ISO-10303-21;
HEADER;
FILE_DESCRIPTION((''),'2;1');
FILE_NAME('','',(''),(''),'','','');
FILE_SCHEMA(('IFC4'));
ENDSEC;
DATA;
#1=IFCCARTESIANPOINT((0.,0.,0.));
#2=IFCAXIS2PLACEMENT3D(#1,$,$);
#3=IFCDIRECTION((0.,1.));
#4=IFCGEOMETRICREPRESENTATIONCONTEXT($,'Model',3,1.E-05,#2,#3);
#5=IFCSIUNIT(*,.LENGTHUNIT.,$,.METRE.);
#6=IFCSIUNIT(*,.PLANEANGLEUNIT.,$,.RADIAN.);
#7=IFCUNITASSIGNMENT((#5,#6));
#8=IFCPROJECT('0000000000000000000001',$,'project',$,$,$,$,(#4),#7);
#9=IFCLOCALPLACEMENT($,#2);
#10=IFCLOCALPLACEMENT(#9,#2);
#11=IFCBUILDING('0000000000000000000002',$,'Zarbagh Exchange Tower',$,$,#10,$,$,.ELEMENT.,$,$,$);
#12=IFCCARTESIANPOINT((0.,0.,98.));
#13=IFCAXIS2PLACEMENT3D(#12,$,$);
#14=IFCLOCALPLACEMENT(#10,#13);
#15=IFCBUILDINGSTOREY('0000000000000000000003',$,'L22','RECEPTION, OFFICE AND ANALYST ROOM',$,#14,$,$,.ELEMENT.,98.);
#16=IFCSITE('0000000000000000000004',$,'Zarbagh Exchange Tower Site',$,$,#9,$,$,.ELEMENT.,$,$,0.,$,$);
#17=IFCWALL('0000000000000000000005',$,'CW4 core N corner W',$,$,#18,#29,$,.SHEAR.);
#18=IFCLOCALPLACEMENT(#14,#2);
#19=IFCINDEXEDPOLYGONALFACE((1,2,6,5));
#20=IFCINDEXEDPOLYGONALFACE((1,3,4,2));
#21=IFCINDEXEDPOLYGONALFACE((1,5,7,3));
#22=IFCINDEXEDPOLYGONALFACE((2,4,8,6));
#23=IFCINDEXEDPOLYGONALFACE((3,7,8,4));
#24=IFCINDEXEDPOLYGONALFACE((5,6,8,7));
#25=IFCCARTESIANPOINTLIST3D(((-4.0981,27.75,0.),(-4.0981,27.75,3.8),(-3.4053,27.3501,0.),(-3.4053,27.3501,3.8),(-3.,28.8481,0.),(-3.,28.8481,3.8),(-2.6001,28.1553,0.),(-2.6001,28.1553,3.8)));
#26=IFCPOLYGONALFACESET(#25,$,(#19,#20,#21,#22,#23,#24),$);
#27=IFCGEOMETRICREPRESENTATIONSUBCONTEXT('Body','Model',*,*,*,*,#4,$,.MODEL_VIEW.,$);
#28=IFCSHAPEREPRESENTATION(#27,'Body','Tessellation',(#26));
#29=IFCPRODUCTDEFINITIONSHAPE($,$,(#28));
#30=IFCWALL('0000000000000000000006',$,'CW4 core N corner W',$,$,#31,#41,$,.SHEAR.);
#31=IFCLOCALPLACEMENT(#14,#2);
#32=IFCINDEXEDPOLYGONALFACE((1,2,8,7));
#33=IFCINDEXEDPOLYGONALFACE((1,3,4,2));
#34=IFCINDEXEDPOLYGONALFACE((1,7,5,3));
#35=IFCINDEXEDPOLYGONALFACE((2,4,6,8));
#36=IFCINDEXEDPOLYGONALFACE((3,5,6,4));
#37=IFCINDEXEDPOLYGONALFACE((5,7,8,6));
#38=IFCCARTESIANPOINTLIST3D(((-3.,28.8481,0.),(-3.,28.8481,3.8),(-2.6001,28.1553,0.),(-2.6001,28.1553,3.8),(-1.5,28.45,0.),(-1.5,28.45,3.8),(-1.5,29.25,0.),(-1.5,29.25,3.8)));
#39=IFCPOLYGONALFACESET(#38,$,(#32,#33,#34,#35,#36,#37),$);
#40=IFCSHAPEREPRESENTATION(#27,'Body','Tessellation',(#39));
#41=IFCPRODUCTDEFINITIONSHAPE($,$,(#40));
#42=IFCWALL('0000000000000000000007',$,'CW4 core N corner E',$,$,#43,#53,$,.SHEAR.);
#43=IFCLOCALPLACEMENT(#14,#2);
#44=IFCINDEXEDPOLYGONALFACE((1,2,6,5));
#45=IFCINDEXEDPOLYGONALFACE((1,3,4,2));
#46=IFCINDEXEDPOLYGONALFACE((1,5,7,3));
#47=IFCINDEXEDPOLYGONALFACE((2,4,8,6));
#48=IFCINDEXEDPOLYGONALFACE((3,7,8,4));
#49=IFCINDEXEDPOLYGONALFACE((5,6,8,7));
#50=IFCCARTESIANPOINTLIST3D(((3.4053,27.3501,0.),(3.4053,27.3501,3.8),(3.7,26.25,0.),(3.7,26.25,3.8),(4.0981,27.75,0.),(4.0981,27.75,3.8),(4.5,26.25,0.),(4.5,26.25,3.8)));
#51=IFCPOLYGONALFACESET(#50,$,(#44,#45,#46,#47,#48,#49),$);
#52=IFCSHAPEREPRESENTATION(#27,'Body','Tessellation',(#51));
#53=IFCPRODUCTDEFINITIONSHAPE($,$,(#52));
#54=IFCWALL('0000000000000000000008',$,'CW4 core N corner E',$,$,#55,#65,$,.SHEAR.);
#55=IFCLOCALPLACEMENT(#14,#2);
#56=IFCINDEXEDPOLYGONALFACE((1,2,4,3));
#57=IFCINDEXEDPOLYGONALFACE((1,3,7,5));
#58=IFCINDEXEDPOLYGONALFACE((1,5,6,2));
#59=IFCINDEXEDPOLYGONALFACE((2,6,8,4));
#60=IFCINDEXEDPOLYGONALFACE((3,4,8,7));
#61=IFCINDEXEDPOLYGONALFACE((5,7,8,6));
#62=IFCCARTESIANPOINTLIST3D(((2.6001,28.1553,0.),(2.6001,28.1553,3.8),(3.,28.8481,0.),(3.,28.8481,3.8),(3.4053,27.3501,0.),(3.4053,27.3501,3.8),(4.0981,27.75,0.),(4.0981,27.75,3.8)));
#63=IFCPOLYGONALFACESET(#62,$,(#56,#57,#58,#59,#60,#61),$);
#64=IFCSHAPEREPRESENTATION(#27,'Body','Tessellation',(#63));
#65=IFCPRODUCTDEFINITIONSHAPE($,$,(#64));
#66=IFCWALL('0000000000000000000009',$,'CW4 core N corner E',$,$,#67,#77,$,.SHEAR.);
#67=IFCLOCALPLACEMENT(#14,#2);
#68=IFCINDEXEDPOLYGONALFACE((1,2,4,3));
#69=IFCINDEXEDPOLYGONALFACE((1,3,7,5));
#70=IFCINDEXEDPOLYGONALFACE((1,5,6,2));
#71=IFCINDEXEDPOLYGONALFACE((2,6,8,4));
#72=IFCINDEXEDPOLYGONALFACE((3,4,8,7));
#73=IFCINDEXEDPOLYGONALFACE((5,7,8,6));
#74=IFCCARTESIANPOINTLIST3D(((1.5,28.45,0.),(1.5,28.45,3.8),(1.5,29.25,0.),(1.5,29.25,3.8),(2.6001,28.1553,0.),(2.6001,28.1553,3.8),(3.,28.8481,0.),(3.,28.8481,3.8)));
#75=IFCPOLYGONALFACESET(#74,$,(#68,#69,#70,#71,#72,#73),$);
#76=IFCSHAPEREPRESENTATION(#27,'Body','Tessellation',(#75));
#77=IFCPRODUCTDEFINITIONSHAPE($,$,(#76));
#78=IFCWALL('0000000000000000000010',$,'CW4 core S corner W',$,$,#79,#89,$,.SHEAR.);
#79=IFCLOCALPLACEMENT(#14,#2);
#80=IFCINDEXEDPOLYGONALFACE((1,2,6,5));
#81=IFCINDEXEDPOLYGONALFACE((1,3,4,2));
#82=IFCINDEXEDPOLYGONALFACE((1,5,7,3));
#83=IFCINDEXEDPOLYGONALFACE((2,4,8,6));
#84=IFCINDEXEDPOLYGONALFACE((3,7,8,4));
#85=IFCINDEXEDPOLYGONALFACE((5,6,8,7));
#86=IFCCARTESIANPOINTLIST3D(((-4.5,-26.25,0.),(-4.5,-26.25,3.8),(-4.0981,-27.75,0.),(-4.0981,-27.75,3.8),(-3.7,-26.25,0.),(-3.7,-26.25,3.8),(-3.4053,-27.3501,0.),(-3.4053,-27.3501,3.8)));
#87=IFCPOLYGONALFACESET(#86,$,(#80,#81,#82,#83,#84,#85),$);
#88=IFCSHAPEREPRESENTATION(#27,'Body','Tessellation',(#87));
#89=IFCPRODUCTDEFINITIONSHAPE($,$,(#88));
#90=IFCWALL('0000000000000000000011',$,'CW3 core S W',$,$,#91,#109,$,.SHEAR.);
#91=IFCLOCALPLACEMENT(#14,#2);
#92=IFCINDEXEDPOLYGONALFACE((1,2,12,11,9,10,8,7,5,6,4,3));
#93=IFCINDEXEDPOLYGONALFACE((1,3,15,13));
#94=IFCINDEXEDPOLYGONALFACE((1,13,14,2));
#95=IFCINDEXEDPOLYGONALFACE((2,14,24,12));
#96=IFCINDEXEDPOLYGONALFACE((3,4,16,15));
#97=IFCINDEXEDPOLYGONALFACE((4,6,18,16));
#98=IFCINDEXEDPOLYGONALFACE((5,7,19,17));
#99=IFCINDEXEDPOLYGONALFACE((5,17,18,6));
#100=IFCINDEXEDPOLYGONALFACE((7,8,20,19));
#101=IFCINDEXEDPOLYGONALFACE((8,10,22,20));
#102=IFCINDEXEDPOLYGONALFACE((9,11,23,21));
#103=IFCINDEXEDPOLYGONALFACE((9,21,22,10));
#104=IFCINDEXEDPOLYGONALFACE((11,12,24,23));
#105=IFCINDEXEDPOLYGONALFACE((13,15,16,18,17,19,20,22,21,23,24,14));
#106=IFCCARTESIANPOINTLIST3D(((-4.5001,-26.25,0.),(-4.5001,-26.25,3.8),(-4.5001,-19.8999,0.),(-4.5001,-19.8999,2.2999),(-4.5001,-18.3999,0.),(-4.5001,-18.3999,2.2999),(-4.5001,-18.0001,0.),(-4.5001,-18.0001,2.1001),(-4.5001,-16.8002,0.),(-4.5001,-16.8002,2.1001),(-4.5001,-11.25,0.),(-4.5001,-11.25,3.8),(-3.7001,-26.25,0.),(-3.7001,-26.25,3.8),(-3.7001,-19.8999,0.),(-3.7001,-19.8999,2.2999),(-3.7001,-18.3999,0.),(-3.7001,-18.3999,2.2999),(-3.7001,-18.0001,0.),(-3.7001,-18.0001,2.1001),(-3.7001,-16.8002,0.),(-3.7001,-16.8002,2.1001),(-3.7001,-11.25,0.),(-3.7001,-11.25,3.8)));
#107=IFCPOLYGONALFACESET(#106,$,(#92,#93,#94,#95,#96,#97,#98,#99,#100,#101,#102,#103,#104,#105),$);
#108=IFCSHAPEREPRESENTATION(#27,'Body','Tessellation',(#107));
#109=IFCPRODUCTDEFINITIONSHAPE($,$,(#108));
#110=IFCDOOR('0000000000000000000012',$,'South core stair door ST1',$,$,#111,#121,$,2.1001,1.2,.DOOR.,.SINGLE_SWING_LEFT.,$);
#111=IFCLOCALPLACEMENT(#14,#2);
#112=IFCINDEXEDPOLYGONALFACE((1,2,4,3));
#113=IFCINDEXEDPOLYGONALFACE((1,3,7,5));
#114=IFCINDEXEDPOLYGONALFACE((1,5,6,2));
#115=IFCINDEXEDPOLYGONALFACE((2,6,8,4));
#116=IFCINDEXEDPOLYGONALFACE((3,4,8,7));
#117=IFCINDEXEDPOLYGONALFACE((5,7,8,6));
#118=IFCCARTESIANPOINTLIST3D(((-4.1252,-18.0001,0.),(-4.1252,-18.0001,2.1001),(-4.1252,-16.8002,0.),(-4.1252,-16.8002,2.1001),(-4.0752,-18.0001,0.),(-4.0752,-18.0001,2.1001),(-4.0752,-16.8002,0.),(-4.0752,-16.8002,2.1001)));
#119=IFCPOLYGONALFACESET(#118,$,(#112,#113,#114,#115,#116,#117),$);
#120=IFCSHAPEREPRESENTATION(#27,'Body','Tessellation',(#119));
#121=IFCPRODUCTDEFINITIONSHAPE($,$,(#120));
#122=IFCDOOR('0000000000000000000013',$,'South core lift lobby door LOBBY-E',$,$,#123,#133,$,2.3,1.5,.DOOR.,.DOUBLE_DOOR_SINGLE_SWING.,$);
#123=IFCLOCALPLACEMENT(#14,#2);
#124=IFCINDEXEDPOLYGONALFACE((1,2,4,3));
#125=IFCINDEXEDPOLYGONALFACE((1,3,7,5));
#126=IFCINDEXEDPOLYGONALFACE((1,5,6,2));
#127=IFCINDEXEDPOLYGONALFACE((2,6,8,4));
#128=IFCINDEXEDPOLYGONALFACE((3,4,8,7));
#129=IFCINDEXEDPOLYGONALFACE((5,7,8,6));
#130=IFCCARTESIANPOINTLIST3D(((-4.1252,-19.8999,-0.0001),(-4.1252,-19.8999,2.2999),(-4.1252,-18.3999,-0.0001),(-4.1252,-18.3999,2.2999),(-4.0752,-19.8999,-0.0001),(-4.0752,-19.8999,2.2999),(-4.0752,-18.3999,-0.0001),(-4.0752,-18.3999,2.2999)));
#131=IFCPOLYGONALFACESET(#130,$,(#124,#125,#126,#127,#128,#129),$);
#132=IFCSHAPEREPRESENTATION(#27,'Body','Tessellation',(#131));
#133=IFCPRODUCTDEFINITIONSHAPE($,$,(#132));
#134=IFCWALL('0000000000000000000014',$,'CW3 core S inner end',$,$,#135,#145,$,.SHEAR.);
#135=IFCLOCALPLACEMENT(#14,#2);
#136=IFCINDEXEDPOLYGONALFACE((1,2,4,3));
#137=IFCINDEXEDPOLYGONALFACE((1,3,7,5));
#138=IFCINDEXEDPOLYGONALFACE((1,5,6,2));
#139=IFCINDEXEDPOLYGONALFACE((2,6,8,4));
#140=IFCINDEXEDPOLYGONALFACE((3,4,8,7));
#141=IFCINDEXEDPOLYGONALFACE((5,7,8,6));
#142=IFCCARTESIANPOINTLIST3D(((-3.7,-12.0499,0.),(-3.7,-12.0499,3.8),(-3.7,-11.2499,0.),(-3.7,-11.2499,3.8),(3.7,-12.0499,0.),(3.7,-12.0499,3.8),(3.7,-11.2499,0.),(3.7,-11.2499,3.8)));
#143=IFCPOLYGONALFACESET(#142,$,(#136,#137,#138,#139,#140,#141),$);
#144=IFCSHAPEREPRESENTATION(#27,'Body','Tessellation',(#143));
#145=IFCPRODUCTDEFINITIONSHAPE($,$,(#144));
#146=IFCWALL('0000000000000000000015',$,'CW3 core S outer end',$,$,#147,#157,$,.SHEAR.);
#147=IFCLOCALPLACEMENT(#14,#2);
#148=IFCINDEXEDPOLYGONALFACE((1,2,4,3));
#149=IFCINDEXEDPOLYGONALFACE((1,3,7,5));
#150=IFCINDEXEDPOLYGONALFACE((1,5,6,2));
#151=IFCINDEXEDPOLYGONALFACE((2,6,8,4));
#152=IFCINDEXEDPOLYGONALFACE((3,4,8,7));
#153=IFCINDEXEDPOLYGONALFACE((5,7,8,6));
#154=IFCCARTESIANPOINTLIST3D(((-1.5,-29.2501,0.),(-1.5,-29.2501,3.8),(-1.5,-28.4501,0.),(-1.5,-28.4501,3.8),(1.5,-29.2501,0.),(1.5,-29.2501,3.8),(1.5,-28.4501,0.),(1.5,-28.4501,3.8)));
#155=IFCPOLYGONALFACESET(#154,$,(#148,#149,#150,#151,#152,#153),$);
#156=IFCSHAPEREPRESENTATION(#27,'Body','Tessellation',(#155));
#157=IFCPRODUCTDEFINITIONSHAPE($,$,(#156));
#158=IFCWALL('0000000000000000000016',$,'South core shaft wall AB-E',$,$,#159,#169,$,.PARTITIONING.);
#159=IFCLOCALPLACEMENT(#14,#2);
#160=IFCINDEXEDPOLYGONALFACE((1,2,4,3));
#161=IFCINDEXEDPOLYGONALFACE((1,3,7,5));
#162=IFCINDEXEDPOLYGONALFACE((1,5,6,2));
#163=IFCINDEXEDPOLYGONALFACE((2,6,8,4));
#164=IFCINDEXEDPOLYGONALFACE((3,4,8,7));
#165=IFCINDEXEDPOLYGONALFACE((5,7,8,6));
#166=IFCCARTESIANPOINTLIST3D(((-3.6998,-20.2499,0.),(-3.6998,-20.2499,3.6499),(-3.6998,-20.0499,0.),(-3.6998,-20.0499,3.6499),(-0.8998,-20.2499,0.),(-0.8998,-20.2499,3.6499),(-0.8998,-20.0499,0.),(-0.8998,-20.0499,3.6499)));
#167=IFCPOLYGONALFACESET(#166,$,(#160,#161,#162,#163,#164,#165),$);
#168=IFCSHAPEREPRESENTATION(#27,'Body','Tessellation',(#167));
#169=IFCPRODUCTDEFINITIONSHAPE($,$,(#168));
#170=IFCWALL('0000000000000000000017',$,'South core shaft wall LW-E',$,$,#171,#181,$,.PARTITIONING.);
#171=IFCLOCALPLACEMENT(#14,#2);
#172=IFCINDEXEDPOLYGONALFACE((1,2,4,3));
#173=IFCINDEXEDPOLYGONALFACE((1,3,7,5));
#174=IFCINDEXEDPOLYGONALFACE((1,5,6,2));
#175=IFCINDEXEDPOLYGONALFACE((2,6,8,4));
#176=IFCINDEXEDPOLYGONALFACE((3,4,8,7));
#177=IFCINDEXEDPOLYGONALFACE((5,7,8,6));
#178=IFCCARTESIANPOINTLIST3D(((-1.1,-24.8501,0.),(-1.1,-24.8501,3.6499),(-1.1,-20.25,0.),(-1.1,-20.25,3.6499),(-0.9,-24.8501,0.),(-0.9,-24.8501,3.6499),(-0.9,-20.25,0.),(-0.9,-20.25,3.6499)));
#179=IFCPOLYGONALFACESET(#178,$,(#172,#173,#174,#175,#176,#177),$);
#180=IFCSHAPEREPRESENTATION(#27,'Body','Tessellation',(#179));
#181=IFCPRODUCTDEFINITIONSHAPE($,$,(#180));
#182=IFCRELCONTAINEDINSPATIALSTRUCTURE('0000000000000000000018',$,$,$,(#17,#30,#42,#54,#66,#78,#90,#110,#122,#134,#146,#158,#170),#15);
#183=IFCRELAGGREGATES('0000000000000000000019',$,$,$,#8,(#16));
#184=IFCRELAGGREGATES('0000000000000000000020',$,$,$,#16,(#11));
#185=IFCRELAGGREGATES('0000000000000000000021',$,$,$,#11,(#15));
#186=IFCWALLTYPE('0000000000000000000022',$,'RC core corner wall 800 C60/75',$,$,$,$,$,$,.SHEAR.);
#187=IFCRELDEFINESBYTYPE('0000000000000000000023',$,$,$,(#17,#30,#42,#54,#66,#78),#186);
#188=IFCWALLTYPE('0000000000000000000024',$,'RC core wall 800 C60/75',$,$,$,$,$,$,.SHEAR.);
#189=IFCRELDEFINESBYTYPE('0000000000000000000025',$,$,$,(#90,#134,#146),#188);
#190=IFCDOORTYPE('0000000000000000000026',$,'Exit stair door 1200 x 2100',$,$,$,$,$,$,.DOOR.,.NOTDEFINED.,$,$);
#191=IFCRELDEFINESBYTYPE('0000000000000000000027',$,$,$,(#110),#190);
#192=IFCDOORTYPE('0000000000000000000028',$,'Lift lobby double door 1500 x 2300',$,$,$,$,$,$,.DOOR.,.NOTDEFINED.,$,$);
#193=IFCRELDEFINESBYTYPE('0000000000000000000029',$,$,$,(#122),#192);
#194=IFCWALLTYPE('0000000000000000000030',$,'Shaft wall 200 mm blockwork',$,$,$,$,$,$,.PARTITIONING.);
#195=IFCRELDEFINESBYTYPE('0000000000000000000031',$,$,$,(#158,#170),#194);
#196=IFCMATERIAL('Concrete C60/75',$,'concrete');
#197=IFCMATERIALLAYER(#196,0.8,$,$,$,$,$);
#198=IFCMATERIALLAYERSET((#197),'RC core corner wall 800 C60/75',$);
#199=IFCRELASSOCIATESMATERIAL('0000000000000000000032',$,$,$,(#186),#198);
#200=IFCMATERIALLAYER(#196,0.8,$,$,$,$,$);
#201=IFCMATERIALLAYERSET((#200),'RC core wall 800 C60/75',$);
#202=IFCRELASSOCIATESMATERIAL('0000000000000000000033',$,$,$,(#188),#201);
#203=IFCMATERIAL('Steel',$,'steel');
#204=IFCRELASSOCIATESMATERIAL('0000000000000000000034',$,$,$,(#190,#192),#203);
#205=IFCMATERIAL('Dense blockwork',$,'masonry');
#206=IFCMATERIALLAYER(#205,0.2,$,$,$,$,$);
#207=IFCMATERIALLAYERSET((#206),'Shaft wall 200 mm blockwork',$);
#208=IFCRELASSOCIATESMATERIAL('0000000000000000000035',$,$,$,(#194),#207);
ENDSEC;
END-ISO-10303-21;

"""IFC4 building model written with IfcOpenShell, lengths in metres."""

from ifc_helpers import new_model, si_unit, direction, frame, frame_2d, origin, place, context, subcontext, project, spatial, polyline, rectangle, outline, extrude, material, layer, layer_set, type_object, element, fill, save


model = new_model("IFC4")

# Units and contexts
model_context = context("Model", 3, precision=1e-05, world=origin(), true_north=direction((0.0, 1.0)))
body_context = subcontext(model_context, "Body", "Model", "MODEL_VIEW")
ifc_project = project(units=[si_unit("LENGTHUNIT", "METRE"), si_unit("PLANEANGLEUNIT", "RADIAN")], contexts=[model_context])

# Site, building, storey
site_placement = place(None, origin())
site = spatial("IfcSite", under=ifc_project, at=site_placement, Name="Zarbagh Exchange Tower Site", CompositionType="ELEMENT", RefElevation=0.0)
building_placement = place(site_placement, origin())
building = spatial("IfcBuilding", under=site, at=building_placement, Name="Zarbagh Exchange Tower", CompositionType="ELEMENT")
storey_placement = place(building_placement, frame((0.0, 0.0, 98.0)))
storey = spatial("IfcBuildingStorey", under=building, at=storey_placement, Name="L22", Description="RECEPTION, OFFICE AND ANALYST ROOM", CompositionType="ELEMENT", Elevation=98.0)

# Shared definitions
ifc_material_1 = material(Name="Concrete C60/75", Category="concrete")

# Walls
ifc_layer_1 = layer(ifc_material_1, 0.8)
ifc_layer_set_1 = layer_set([ifc_layer_1], Name="RC core corner wall 800 C60/75")
wall_type_1 = type_object("IfcWallType", Name="RC core corner wall 800 C60/75", PredefinedType="SHEAR", material=ifc_layer_set_1)
wall_1_placement = place(storey_placement, origin())
element("IfcWall", 1, at=wall_1_placement, inside=storey, type_object=wall_type_1, Name="CW4 core N corner W", PredefinedType="SHEAR", context=body_context, shape_type="SweptSolid", body=[
    extrude(outline(polyline([(-4.0981, 27.75), (-3.0, 28.8481), (-2.6001, 28.1553), (-3.4053, 27.3501), (-4.0981, 27.75)])), origin(), (0.0, 0.0, 1.0), 3.8),
])
wall_2_placement = place(storey_placement, origin())
element("IfcWall", 2, at=wall_2_placement, inside=storey, type_object=wall_type_1, Name="CW4 core N corner W", PredefinedType="SHEAR", context=body_context, shape_type="SweptSolid", body=[
    extrude(outline(polyline([(-3.0, 28.8481), (-1.5, 29.25), (-1.5, 28.45), (-2.6001, 28.1553), (-3.0, 28.8481)])), origin(), (0.0, 0.0, 1.0), 3.8),
])
wall_3_placement = place(storey_placement, origin())
element("IfcWall", 3, at=wall_3_placement, inside=storey, type_object=wall_type_1, Name="CW4 core N corner E", PredefinedType="SHEAR", context=body_context, shape_type="SweptSolid", body=[
    extrude(outline(polyline([(4.5, 26.25), (4.0981, 27.75), (3.4053, 27.3501), (3.7, 26.25), (4.5, 26.25)])), origin(), (0.0, 0.0, 1.0), 3.8),
])
wall_4_placement = place(storey_placement, origin())
element("IfcWall", 4, at=wall_4_placement, inside=storey, type_object=wall_type_1, Name="CW4 core N corner E", PredefinedType="SHEAR", context=body_context, shape_type="SweptSolid", body=[
    extrude(outline(polyline([(4.0981, 27.75), (3.0, 28.8481), (2.6001, 28.1553), (3.4053, 27.3501), (4.0981, 27.75)])), origin(), (0.0, 0.0, 1.0), 3.8),
])
wall_5_placement = place(storey_placement, origin())
element("IfcWall", 5, at=wall_5_placement, inside=storey, type_object=wall_type_1, Name="CW4 core N corner E", PredefinedType="SHEAR", context=body_context, shape_type="SweptSolid", body=[
    extrude(outline(polyline([(3.0, 28.8481), (1.5, 29.25), (1.5, 28.45), (2.6001, 28.1553), (3.0, 28.8481)])), origin(), (0.0, 0.0, 1.0), 3.8),
])
wall_6_placement = place(storey_placement, origin())
element("IfcWall", 6, at=wall_6_placement, inside=storey, type_object=wall_type_1, Name="CW4 core S corner W", PredefinedType="SHEAR", context=body_context, shape_type="SweptSolid", body=[
    extrude(outline(polyline([(-4.5, -26.25), (-4.0981, -27.75), (-3.4053, -27.3501), (-3.7, -26.25), (-4.5, -26.25)])), origin(), (0.0, 0.0, 1.0), 3.8),
])

# Wall, openings, doors
ifc_layer_2 = layer(ifc_material_1, 0.8)
ifc_layer_set_2 = layer_set([ifc_layer_2], Name="RC core wall 800 C60/75")
wall_type_2 = type_object("IfcWallType", Name="RC core wall 800 C60/75", PredefinedType="SHEAR", material=ifc_layer_set_2)
wall_7_placement = place(storey_placement, frame((-4.1001, -11.25, 0.0), z_axis=(0.0, 0.0, 1.0), x_axis=(0.0, -1.0, 0.0)))
wall_7 = element("IfcWall", 7, at=wall_7_placement, inside=storey, type_object=wall_type_2, Name="CW3 core S W", PredefinedType="SHEAR", context=body_context, shape_type="SweptSolid", body=[
    extrude(rectangle(XDim=15.0, YDim=0.8, at=frame_2d((7.5, 0.0))), origin(), (0.0, 0.0, 1.0), 3.8),
])
opening_1_placement = place(wall_7_placement, frame((7.1499, 0.0, 0.0)))
opening_1 = element("IfcOpeningElement", 8, at=opening_1_placement, cuts=wall_7, PredefinedType="OPENING", context=body_context, shape_type="SweptSolid", body=[
    extrude(rectangle(XDim=1.5, YDim=2.3, at=frame_2d((0.75, 1.1499))), frame((0.0, 0.4099, 0.0), z_axis=(0.0, -1.0, 0.0), x_axis=(1.0, 0.0, 0.0)), (0.0, 0.0, 1.0), 0.8201),
])
opening_2_placement = place(wall_7_placement, frame((5.55, 0.0, 0.0)))
opening_2 = element("IfcOpeningElement", 9, at=opening_2_placement, cuts=wall_7, PredefinedType="OPENING", context=body_context, shape_type="SweptSolid", body=[
    extrude(rectangle(XDim=1.2, YDim=2.1001, at=frame_2d((0.6001, 1.05))), frame((0.0, 0.4099, 0.0), z_axis=(0.0, -1.0, 0.0), x_axis=(1.0, 0.0, 0.0)), (0.0, 0.0, 1.0), 0.8201),
])
ifc_material_2 = material(Name="Steel", Category="steel")
door_type_1 = type_object("IfcDoorType", Name="Exit stair door 1200 x 2100", OperationType="NOTDEFINED", PredefinedType="DOOR", material=ifc_material_2)
door_1_placement = place(opening_2_placement, origin())
door_1 = element("IfcDoor", 10, at=door_1_placement, inside=storey, type_object=door_type_1, Name="South core stair door ST1", OperationType="SINGLE_SWING_LEFT", OverallHeight=2.1001, OverallWidth=1.2, PredefinedType="DOOR", context=body_context, shape_type="SweptSolid", body=[
    extrude(rectangle(XDim=1.2, YDim=2.1001, at=frame_2d((0.6001, 1.05))), frame((0.0, 0.0249, 0.0), z_axis=(0.0, -1.0, 0.0), x_axis=(1.0, 0.0, 0.0)), (0.0, 0.0, 1.0), 0.05),
])
fill(opening_2, door_1)
door_type_2 = type_object("IfcDoorType", Name="Lift lobby double door 1500 x 2300", OperationType="NOTDEFINED", PredefinedType="DOOR", material=ifc_material_2)
door_2_placement = place(opening_1_placement, origin())
door_2 = element("IfcDoor", 11, at=door_2_placement, inside=storey, type_object=door_type_2, Name="South core lift lobby door LOBBY-E", OperationType="DOUBLE_DOOR_SINGLE_SWING", OverallHeight=2.3, OverallWidth=1.5, PredefinedType="DOOR", context=body_context, shape_type="SweptSolid", body=[
    extrude(rectangle(XDim=1.5, YDim=2.3, at=frame_2d((0.75, 1.1499))), frame((0.0, 0.0249, 0.0), z_axis=(0.0, -1.0, 0.0), x_axis=(1.0, 0.0, 0.0)), (0.0, 0.0, 1.0), 0.05),
])
fill(opening_1, door_2)

# Walls
wall_8_placement = place(storey_placement, frame((-3.7, -11.6499, 0.0), z_axis=(0.0, 0.0, 1.0), x_axis=(1.0, 0.0, 0.0)))
element("IfcWall", 12, at=wall_8_placement, inside=storey, type_object=wall_type_2, Name="CW3 core S inner end", PredefinedType="SHEAR", context=body_context, shape_type="SweptSolid", body=[
    extrude(rectangle(XDim=7.3999, YDim=0.8, at=frame_2d((3.7, 0.0))), origin(), (0.0, 0.0, 1.0), 3.8),
])
wall_9_placement = place(storey_placement, frame((-1.5, -28.8501, 0.0), z_axis=(0.0, 0.0, 1.0), x_axis=(1.0, 0.0, 0.0)))
element("IfcWall", 13, at=wall_9_placement, inside=storey, type_object=wall_type_2, Name="CW3 core S outer end", PredefinedType="SHEAR", context=body_context, shape_type="SweptSolid", body=[
    extrude(rectangle(XDim=3.0, YDim=0.8, at=frame_2d((1.5, 0.0))), origin(), (0.0, 0.0, 1.0), 3.8),
])
ifc_material_3 = material(Name="Dense blockwork", Category="masonry")
ifc_layer_3 = layer(ifc_material_3, 0.2)
ifc_layer_set_3 = layer_set([ifc_layer_3], Name="Shaft wall 200 mm blockwork")
wall_type_3 = type_object("IfcWallType", Name="Shaft wall 200 mm blockwork", PredefinedType="PARTITIONING", material=ifc_layer_set_3)
wall_10_placement = place(storey_placement, frame((-0.8999, -20.1499, 0.0), z_axis=(0.0, 0.0, 1.0), x_axis=(-1.0, 0.0, 0.0)))
element("IfcWall", 14, at=wall_10_placement, inside=storey, type_object=wall_type_3, Name="South core shaft wall AB-E", PredefinedType="PARTITIONING", context=body_context, shape_type="SweptSolid", body=[
    extrude(rectangle(XDim=2.8, YDim=0.2, at=frame_2d((1.3999, 0.0))), origin(), (0.0, 0.0, 1.0), 3.6499),
])
wall_11_placement = place(storey_placement, frame((-1.0, -24.8501, 0.0), z_axis=(0.0, 0.0, 1.0), x_axis=(0.0, 1.0, 0.0)))
element("IfcWall", 15, at=wall_11_placement, inside=storey, type_object=wall_type_3, Name="South core shaft wall LW-E", PredefinedType="PARTITIONING", context=body_context, shape_type="SweptSolid", body=[
    extrude(rectangle(XDim=4.6001, YDim=0.2, at=frame_2d((2.3, 0.0))), origin(), (0.0, 0.0, 1.0), 3.6499),
])

save(model, "model.ifc")
